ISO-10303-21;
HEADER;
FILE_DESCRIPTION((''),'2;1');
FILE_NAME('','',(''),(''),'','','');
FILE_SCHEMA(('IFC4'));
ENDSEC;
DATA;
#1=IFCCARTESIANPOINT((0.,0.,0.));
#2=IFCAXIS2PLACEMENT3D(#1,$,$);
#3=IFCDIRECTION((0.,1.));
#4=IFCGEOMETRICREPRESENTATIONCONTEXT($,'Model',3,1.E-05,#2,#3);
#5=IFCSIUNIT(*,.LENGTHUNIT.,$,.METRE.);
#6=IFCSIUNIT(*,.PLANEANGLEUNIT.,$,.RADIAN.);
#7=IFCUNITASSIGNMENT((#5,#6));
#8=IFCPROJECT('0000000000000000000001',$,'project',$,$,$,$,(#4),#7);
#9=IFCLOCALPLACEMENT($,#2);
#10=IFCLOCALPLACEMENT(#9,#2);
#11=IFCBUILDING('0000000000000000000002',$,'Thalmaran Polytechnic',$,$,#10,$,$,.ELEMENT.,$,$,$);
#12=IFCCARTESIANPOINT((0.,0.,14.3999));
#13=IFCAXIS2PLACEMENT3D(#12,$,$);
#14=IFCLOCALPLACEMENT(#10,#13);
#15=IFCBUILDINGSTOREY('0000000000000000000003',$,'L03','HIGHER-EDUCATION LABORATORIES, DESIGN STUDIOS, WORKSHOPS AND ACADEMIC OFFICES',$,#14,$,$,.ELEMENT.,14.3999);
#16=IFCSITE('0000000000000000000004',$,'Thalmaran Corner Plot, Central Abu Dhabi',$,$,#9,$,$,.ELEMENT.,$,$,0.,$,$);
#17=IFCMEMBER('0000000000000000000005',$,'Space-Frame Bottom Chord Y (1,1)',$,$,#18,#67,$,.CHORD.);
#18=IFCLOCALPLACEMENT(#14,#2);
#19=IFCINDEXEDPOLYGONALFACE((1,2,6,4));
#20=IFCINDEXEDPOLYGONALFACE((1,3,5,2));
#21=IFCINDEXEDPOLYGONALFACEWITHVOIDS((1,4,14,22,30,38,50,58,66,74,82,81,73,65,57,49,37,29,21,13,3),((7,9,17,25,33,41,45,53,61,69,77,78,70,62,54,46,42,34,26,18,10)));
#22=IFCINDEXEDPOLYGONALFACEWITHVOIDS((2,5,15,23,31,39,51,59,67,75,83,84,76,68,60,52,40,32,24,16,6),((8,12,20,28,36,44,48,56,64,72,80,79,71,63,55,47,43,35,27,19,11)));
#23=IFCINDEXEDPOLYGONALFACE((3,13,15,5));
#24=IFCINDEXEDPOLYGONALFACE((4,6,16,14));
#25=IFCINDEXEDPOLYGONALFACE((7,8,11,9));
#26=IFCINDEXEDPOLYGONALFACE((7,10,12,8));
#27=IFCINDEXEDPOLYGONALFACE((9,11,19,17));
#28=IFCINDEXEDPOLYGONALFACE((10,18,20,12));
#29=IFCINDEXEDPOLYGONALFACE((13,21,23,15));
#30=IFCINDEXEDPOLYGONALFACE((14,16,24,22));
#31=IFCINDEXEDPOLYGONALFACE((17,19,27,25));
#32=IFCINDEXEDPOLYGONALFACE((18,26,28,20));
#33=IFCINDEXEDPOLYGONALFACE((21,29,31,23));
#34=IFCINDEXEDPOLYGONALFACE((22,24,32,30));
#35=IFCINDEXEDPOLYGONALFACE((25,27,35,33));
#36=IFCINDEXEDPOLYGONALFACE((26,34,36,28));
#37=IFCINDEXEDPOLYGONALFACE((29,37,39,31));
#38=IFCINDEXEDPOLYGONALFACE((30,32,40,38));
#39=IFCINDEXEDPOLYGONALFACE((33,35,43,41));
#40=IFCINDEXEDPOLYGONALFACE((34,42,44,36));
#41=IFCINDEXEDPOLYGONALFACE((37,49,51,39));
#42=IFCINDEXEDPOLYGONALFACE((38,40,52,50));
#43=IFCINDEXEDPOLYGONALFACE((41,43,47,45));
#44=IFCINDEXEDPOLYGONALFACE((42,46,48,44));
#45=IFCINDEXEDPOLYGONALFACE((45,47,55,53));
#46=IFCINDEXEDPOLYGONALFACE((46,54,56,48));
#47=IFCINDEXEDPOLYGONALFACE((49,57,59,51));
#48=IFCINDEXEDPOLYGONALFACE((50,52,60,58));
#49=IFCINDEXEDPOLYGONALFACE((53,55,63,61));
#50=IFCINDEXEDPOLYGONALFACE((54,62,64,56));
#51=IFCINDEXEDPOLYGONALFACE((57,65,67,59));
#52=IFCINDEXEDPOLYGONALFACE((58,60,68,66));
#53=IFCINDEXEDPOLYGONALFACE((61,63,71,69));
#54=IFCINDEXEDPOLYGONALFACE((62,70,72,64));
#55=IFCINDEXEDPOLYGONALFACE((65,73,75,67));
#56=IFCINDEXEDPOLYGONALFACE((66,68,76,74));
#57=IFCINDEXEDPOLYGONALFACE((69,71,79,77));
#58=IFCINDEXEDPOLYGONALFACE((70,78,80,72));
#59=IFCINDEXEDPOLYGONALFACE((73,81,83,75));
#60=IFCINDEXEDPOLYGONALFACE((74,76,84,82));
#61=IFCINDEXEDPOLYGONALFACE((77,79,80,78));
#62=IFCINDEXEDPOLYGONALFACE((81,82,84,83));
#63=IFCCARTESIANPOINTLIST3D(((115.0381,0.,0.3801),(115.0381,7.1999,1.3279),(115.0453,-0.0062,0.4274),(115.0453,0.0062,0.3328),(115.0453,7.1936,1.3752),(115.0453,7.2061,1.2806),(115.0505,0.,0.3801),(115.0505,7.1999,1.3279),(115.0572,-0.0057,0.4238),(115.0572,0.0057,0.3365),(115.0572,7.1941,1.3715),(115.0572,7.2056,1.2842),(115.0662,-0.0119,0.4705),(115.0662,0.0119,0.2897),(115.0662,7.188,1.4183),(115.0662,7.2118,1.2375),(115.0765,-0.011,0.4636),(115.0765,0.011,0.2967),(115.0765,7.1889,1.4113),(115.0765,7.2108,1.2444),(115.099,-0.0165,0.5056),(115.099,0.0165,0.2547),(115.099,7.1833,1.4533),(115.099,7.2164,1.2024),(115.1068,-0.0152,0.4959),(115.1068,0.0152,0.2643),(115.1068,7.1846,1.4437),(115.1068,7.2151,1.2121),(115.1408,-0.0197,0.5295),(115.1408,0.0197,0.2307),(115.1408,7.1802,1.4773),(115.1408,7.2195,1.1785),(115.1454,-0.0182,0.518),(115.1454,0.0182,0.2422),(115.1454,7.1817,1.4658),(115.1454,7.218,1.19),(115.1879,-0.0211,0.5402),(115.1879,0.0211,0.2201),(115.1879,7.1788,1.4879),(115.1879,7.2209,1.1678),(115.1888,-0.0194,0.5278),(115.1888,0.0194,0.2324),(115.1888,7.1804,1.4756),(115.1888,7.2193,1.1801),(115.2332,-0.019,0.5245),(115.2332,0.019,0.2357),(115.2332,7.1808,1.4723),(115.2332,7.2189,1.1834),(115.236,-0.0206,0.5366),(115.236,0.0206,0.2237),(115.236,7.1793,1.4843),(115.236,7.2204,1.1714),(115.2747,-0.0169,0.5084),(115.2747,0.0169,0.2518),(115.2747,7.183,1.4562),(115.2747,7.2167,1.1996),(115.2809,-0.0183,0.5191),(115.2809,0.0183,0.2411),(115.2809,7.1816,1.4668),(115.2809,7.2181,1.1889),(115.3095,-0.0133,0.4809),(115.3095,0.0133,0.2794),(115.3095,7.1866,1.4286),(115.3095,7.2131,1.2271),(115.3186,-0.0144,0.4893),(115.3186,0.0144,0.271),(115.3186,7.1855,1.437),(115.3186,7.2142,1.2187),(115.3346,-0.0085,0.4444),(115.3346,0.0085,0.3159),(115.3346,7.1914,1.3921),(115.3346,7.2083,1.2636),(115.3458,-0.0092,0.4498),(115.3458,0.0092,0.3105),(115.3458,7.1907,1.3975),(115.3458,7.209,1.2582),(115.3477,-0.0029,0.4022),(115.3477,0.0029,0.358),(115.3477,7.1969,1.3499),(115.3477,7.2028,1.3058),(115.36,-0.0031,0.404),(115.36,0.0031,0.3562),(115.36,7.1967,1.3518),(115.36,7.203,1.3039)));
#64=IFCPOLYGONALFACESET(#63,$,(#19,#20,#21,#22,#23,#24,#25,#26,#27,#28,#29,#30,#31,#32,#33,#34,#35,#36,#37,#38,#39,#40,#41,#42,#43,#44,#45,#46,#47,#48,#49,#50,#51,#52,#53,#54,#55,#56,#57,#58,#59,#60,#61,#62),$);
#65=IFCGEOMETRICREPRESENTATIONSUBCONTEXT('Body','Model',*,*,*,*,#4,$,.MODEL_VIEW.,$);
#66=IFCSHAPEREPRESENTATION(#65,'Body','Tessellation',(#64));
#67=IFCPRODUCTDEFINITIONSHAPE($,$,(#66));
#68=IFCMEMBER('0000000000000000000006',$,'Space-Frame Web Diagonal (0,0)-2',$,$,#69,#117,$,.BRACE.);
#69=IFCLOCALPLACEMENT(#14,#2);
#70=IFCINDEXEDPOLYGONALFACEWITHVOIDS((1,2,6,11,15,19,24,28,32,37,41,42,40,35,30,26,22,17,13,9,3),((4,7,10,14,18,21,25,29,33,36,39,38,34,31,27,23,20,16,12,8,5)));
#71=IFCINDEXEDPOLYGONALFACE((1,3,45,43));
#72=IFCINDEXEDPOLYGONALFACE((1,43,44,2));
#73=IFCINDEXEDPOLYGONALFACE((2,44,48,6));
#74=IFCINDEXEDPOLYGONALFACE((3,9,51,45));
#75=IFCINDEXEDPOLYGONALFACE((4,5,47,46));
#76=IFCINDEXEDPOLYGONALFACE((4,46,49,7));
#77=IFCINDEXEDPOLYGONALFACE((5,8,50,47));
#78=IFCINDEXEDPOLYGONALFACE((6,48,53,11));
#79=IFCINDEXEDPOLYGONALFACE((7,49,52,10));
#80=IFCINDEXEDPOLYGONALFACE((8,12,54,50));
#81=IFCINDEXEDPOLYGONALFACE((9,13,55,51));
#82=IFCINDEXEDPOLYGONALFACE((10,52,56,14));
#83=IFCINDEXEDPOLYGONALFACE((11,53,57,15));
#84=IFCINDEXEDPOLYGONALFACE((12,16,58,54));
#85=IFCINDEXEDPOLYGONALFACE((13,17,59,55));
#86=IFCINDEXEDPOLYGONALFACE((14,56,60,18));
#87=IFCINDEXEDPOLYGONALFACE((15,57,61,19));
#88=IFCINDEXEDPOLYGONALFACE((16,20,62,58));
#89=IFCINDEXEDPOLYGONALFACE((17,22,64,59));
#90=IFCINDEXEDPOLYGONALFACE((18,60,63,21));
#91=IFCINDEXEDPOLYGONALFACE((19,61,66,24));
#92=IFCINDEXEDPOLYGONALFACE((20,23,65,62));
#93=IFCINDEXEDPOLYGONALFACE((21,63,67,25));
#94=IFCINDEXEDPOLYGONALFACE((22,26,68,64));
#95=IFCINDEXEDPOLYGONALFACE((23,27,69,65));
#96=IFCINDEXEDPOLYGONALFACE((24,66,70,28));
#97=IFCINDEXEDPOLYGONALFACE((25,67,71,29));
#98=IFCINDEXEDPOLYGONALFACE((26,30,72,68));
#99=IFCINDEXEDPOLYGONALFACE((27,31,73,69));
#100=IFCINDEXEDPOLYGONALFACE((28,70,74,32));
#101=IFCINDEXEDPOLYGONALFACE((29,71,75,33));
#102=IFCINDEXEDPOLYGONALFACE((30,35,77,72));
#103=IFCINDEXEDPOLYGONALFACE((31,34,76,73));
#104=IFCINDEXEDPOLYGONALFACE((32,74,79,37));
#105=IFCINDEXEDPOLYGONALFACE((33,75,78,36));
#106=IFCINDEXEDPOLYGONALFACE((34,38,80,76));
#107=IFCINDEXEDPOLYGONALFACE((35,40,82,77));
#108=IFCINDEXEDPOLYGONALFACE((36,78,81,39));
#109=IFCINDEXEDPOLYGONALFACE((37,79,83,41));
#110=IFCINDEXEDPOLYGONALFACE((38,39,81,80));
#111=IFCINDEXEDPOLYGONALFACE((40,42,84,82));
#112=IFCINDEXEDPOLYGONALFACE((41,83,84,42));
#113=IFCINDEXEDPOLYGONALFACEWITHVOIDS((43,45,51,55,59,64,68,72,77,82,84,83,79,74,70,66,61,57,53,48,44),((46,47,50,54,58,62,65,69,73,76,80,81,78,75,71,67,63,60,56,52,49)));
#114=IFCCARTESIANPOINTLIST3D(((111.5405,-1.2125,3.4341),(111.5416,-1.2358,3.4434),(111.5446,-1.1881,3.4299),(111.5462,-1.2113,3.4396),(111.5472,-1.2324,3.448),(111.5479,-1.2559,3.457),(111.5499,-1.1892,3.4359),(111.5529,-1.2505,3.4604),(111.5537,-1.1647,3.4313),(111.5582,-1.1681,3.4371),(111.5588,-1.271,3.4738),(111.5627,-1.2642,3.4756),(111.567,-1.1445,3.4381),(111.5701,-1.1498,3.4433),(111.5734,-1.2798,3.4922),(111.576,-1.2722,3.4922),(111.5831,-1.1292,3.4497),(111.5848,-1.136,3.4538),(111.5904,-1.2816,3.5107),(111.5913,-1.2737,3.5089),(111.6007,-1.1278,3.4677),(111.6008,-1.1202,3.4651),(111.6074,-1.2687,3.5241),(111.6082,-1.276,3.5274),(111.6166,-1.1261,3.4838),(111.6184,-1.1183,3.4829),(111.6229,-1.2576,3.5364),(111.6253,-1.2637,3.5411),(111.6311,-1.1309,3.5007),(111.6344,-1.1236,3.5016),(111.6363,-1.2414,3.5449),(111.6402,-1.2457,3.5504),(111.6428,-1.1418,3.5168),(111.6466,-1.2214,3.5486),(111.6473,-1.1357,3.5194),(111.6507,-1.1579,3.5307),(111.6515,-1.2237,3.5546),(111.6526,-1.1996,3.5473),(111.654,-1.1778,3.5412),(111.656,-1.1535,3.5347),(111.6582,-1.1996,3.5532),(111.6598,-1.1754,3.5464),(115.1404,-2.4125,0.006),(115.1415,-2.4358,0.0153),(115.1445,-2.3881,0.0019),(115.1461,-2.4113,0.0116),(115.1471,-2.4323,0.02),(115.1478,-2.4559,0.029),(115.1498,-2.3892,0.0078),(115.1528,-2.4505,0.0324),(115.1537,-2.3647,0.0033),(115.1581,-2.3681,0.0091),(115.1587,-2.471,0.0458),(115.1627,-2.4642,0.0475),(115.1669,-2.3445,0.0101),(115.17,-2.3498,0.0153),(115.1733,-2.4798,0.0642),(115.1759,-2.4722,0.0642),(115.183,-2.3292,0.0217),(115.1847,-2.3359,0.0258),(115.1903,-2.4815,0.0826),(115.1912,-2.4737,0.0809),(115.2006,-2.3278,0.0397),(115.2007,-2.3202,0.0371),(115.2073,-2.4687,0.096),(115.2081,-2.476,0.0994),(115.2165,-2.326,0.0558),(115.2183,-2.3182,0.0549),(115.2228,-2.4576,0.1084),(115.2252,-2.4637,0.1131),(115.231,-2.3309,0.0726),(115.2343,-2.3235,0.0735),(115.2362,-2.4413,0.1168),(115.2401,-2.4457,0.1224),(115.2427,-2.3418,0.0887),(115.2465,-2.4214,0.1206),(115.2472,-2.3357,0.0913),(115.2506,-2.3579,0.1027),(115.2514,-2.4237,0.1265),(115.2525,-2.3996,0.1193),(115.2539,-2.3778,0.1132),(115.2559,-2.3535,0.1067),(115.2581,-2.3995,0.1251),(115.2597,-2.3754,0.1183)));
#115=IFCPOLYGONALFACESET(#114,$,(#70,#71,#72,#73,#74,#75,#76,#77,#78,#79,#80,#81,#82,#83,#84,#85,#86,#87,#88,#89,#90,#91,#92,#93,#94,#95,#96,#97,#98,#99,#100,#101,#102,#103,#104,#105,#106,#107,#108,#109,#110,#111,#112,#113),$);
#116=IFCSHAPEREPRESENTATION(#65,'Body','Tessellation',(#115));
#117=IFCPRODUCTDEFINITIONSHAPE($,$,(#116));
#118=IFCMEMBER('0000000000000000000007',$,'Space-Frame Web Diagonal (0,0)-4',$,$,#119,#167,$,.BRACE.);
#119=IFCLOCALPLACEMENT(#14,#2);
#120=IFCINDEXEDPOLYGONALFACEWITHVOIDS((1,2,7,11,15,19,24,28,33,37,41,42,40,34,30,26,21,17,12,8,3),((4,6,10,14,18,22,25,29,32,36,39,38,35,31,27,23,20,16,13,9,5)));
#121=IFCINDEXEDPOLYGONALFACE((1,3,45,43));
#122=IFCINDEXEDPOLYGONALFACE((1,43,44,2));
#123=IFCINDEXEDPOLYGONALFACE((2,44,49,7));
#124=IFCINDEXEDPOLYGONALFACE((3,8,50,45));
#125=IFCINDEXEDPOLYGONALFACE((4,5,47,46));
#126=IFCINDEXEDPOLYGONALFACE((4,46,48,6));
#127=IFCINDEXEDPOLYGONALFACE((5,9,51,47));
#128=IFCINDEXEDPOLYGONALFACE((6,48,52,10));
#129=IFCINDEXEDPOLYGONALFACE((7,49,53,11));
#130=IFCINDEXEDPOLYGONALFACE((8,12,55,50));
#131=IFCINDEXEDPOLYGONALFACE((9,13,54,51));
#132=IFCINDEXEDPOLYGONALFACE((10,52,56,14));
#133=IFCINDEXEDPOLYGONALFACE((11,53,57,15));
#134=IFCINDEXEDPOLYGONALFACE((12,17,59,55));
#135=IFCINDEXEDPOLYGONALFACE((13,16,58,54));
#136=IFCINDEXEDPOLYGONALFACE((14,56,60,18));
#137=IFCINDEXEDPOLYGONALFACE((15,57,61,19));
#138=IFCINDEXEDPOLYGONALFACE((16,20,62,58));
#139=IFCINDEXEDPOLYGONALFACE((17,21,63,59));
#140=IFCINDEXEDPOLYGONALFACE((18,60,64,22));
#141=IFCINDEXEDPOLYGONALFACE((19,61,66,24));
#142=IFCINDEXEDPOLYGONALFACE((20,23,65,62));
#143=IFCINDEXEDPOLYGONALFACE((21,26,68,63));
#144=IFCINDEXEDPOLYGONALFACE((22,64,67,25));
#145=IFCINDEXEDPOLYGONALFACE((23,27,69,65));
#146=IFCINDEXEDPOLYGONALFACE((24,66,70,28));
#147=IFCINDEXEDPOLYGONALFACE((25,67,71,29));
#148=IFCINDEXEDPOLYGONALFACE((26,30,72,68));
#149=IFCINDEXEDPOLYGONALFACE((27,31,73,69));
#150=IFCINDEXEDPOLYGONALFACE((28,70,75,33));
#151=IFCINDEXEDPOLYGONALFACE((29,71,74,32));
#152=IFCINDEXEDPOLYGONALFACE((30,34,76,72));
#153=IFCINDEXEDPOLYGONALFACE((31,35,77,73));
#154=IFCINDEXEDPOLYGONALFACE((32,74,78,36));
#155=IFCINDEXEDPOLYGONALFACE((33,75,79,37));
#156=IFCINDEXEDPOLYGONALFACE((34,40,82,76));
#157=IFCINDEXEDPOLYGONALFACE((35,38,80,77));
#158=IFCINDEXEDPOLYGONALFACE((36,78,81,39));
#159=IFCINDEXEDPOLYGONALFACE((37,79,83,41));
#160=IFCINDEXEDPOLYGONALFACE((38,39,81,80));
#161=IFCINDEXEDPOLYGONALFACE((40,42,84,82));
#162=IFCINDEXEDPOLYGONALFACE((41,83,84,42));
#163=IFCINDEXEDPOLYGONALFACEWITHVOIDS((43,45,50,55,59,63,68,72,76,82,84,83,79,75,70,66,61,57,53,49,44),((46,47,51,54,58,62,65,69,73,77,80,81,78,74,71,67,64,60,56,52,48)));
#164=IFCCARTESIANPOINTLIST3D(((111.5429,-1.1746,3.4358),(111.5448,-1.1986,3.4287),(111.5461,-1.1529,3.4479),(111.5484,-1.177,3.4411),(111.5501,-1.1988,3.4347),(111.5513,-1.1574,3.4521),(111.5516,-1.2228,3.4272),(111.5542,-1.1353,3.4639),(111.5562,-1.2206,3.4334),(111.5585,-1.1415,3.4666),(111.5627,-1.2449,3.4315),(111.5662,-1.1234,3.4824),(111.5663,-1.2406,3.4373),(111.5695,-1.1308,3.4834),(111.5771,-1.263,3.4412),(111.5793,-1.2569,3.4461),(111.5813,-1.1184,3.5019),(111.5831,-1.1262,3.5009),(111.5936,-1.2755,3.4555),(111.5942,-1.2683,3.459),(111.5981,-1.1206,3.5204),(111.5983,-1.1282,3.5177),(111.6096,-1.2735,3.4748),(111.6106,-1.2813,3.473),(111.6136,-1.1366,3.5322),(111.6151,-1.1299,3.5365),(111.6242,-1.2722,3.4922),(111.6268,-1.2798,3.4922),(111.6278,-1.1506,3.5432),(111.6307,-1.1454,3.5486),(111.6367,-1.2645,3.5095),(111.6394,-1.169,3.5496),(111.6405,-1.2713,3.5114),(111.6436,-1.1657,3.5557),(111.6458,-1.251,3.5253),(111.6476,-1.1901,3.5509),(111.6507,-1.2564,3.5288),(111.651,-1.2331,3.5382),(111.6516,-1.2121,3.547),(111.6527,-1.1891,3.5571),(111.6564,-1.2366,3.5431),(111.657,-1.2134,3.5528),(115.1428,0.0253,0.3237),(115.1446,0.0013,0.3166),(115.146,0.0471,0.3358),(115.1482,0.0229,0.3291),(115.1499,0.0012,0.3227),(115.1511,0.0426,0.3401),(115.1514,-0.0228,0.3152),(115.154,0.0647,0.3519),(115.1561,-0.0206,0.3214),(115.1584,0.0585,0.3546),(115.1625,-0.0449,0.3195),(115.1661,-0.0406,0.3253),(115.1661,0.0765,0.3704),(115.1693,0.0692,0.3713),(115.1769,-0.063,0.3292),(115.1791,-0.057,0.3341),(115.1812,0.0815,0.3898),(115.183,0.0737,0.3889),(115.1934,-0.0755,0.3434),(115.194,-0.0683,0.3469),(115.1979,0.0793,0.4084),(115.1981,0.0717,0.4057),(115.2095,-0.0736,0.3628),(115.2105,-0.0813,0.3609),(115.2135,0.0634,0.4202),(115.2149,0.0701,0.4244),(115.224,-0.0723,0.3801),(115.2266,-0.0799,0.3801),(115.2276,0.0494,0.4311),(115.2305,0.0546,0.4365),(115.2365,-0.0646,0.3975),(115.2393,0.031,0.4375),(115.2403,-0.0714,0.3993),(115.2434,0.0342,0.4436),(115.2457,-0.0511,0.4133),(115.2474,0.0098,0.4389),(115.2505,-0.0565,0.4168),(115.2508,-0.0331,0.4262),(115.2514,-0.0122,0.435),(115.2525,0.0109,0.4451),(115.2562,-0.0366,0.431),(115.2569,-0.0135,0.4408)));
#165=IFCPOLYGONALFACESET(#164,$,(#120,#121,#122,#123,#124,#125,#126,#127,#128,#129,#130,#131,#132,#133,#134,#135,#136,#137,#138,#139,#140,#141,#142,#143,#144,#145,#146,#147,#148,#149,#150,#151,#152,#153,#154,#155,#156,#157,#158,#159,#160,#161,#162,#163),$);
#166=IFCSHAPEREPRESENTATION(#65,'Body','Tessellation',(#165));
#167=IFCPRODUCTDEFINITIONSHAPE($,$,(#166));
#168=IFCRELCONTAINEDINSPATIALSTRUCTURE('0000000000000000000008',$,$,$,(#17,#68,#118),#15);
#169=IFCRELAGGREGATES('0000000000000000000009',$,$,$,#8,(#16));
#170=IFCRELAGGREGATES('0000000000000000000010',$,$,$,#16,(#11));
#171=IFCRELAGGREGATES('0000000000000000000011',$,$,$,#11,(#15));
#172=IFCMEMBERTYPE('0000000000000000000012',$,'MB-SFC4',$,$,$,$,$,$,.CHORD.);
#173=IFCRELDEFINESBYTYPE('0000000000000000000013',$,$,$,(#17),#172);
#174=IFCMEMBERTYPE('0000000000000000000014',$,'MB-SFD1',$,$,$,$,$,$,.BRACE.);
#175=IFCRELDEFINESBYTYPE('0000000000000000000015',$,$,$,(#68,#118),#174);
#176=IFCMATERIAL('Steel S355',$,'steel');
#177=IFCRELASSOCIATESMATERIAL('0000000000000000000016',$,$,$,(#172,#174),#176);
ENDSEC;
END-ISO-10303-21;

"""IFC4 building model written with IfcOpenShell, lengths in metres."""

from ifc_helpers import new_model, si_unit, direction, frame, origin, origin_2d, place, context, subcontext, project, spatial, hollow_circle, extrude, material, material_profile, profile_set, type_object, element, save


model = new_model("IFC4")

# Units and contexts
model_context = context("Model", 3, precision=1e-05, world=origin(), true_north=direction((0.0, 1.0)))
body_context = subcontext(model_context, "Body", "Model", "MODEL_VIEW")
ifc_project = project(units=[si_unit("LENGTHUNIT", "METRE"), si_unit("PLANEANGLEUNIT", "RADIAN")], contexts=[model_context])

# Site, building, storey
site_placement = place(None, origin())
site = spatial("IfcSite", under=ifc_project, at=site_placement, Name="Thalmaran Corner Plot, Central Abu Dhabi", CompositionType="ELEMENT", RefElevation=0.0)
building_placement = place(site_placement, origin())
building = spatial("IfcBuilding", under=site, at=building_placement, Name="Thalmaran Polytechnic", CompositionType="ELEMENT")
storey_placement = place(building_placement, frame((0.0, 0.0, 14.3999)))
storey = spatial("IfcBuildingStorey", under=building, at=storey_placement, Name="L03", Description="HIGHER-EDUCATION LABORATORIES, DESIGN STUDIOS, WORKSHOPS AND ACADEMIC OFFICES", CompositionType="ELEMENT", Elevation=14.3999)

# Shared definitions
ifc_material_1 = material(Name="Steel S355", Category="steel")

# Members
ifc_material_profile_1 = material_profile(ifc_material_1, hollow_circle(Radius=0.1619, WallThickness=0.0125, at=origin_2d()), Name="CHS 323.9x12.5")
ifc_profile_set_1 = profile_set([ifc_material_profile_1], Name="Steel S355")
member_type_1 = type_object("IfcMemberType", Name="MB-SFC4", PredefinedType="CHORD", material=ifc_profile_set_1)
member_1_placement = place(storey_placement, frame((115.2, 0.0, 0.3801), z_axis=(0.0, 0.991447, 0.130508), x_axis=(-1.0, 0.0, 0.0)))
element("IfcMember", 1, at=member_1_placement, inside=storey, type_object=member_type_1, Name="Space-Frame Bottom Chord Y (1,1)", PredefinedType="CHORD", context=body_context, shape_type="SweptSolid", body=[
    extrude(hollow_circle(Radius=0.1619, WallThickness=0.0125, at=origin_2d()), origin(), (0.0, 0.0, 1.0), 7.262),
])
ifc_material_profile_2 = material_profile(ifc_material_1, hollow_circle(Radius=0.0842, WallThickness=0.0081, at=origin_2d()), Name="CHS 168.3x8.0")
ifc_profile_set_2 = profile_set([ifc_material_profile_2], Name="Steel S355")
member_type_2 = type_object("IfcMemberType", Name="MB-SFD1", PredefinedType="BRACE", material=ifc_profile_set_2)
member_2_placement = place(storey_placement, frame((115.2, -2.3999, 0.0642), z_axis=(-0.703963, 0.234654, 0.670353), x_axis=(-0.316228, -0.948683, 0.0)))
element("IfcMember", 2, at=member_2_placement, inside=storey, type_object=member_type_2, Name="Space-Frame Web Diagonal (0,0)-2", PredefinedType="BRACE", context=body_context, shape_type="SweptSolid", body=[
    extrude(hollow_circle(Radius=0.0842, WallThickness=0.0081, at=origin_2d()), origin(), (0.0, 0.0, 1.0), 5.1138),
])
member_3_placement = place(storey_placement, frame((115.2, 0.0, 0.3801), z_axis=(-0.733538, -0.244513, 0.634141), x_axis=(0.316228, -0.948683, 0.0)))
element("IfcMember", 3, at=member_3_placement, inside=storey, type_object=member_type_2, Name="Space-Frame Web Diagonal (0,0)-4", PredefinedType="BRACE", context=body_context, shape_type="SweptSolid", body=[
    extrude(hollow_circle(Radius=0.0842, WallThickness=0.0081, at=origin_2d()), origin(), (0.0, 0.0, 1.0), 4.9075),
])

save(model, "model.ifc")
